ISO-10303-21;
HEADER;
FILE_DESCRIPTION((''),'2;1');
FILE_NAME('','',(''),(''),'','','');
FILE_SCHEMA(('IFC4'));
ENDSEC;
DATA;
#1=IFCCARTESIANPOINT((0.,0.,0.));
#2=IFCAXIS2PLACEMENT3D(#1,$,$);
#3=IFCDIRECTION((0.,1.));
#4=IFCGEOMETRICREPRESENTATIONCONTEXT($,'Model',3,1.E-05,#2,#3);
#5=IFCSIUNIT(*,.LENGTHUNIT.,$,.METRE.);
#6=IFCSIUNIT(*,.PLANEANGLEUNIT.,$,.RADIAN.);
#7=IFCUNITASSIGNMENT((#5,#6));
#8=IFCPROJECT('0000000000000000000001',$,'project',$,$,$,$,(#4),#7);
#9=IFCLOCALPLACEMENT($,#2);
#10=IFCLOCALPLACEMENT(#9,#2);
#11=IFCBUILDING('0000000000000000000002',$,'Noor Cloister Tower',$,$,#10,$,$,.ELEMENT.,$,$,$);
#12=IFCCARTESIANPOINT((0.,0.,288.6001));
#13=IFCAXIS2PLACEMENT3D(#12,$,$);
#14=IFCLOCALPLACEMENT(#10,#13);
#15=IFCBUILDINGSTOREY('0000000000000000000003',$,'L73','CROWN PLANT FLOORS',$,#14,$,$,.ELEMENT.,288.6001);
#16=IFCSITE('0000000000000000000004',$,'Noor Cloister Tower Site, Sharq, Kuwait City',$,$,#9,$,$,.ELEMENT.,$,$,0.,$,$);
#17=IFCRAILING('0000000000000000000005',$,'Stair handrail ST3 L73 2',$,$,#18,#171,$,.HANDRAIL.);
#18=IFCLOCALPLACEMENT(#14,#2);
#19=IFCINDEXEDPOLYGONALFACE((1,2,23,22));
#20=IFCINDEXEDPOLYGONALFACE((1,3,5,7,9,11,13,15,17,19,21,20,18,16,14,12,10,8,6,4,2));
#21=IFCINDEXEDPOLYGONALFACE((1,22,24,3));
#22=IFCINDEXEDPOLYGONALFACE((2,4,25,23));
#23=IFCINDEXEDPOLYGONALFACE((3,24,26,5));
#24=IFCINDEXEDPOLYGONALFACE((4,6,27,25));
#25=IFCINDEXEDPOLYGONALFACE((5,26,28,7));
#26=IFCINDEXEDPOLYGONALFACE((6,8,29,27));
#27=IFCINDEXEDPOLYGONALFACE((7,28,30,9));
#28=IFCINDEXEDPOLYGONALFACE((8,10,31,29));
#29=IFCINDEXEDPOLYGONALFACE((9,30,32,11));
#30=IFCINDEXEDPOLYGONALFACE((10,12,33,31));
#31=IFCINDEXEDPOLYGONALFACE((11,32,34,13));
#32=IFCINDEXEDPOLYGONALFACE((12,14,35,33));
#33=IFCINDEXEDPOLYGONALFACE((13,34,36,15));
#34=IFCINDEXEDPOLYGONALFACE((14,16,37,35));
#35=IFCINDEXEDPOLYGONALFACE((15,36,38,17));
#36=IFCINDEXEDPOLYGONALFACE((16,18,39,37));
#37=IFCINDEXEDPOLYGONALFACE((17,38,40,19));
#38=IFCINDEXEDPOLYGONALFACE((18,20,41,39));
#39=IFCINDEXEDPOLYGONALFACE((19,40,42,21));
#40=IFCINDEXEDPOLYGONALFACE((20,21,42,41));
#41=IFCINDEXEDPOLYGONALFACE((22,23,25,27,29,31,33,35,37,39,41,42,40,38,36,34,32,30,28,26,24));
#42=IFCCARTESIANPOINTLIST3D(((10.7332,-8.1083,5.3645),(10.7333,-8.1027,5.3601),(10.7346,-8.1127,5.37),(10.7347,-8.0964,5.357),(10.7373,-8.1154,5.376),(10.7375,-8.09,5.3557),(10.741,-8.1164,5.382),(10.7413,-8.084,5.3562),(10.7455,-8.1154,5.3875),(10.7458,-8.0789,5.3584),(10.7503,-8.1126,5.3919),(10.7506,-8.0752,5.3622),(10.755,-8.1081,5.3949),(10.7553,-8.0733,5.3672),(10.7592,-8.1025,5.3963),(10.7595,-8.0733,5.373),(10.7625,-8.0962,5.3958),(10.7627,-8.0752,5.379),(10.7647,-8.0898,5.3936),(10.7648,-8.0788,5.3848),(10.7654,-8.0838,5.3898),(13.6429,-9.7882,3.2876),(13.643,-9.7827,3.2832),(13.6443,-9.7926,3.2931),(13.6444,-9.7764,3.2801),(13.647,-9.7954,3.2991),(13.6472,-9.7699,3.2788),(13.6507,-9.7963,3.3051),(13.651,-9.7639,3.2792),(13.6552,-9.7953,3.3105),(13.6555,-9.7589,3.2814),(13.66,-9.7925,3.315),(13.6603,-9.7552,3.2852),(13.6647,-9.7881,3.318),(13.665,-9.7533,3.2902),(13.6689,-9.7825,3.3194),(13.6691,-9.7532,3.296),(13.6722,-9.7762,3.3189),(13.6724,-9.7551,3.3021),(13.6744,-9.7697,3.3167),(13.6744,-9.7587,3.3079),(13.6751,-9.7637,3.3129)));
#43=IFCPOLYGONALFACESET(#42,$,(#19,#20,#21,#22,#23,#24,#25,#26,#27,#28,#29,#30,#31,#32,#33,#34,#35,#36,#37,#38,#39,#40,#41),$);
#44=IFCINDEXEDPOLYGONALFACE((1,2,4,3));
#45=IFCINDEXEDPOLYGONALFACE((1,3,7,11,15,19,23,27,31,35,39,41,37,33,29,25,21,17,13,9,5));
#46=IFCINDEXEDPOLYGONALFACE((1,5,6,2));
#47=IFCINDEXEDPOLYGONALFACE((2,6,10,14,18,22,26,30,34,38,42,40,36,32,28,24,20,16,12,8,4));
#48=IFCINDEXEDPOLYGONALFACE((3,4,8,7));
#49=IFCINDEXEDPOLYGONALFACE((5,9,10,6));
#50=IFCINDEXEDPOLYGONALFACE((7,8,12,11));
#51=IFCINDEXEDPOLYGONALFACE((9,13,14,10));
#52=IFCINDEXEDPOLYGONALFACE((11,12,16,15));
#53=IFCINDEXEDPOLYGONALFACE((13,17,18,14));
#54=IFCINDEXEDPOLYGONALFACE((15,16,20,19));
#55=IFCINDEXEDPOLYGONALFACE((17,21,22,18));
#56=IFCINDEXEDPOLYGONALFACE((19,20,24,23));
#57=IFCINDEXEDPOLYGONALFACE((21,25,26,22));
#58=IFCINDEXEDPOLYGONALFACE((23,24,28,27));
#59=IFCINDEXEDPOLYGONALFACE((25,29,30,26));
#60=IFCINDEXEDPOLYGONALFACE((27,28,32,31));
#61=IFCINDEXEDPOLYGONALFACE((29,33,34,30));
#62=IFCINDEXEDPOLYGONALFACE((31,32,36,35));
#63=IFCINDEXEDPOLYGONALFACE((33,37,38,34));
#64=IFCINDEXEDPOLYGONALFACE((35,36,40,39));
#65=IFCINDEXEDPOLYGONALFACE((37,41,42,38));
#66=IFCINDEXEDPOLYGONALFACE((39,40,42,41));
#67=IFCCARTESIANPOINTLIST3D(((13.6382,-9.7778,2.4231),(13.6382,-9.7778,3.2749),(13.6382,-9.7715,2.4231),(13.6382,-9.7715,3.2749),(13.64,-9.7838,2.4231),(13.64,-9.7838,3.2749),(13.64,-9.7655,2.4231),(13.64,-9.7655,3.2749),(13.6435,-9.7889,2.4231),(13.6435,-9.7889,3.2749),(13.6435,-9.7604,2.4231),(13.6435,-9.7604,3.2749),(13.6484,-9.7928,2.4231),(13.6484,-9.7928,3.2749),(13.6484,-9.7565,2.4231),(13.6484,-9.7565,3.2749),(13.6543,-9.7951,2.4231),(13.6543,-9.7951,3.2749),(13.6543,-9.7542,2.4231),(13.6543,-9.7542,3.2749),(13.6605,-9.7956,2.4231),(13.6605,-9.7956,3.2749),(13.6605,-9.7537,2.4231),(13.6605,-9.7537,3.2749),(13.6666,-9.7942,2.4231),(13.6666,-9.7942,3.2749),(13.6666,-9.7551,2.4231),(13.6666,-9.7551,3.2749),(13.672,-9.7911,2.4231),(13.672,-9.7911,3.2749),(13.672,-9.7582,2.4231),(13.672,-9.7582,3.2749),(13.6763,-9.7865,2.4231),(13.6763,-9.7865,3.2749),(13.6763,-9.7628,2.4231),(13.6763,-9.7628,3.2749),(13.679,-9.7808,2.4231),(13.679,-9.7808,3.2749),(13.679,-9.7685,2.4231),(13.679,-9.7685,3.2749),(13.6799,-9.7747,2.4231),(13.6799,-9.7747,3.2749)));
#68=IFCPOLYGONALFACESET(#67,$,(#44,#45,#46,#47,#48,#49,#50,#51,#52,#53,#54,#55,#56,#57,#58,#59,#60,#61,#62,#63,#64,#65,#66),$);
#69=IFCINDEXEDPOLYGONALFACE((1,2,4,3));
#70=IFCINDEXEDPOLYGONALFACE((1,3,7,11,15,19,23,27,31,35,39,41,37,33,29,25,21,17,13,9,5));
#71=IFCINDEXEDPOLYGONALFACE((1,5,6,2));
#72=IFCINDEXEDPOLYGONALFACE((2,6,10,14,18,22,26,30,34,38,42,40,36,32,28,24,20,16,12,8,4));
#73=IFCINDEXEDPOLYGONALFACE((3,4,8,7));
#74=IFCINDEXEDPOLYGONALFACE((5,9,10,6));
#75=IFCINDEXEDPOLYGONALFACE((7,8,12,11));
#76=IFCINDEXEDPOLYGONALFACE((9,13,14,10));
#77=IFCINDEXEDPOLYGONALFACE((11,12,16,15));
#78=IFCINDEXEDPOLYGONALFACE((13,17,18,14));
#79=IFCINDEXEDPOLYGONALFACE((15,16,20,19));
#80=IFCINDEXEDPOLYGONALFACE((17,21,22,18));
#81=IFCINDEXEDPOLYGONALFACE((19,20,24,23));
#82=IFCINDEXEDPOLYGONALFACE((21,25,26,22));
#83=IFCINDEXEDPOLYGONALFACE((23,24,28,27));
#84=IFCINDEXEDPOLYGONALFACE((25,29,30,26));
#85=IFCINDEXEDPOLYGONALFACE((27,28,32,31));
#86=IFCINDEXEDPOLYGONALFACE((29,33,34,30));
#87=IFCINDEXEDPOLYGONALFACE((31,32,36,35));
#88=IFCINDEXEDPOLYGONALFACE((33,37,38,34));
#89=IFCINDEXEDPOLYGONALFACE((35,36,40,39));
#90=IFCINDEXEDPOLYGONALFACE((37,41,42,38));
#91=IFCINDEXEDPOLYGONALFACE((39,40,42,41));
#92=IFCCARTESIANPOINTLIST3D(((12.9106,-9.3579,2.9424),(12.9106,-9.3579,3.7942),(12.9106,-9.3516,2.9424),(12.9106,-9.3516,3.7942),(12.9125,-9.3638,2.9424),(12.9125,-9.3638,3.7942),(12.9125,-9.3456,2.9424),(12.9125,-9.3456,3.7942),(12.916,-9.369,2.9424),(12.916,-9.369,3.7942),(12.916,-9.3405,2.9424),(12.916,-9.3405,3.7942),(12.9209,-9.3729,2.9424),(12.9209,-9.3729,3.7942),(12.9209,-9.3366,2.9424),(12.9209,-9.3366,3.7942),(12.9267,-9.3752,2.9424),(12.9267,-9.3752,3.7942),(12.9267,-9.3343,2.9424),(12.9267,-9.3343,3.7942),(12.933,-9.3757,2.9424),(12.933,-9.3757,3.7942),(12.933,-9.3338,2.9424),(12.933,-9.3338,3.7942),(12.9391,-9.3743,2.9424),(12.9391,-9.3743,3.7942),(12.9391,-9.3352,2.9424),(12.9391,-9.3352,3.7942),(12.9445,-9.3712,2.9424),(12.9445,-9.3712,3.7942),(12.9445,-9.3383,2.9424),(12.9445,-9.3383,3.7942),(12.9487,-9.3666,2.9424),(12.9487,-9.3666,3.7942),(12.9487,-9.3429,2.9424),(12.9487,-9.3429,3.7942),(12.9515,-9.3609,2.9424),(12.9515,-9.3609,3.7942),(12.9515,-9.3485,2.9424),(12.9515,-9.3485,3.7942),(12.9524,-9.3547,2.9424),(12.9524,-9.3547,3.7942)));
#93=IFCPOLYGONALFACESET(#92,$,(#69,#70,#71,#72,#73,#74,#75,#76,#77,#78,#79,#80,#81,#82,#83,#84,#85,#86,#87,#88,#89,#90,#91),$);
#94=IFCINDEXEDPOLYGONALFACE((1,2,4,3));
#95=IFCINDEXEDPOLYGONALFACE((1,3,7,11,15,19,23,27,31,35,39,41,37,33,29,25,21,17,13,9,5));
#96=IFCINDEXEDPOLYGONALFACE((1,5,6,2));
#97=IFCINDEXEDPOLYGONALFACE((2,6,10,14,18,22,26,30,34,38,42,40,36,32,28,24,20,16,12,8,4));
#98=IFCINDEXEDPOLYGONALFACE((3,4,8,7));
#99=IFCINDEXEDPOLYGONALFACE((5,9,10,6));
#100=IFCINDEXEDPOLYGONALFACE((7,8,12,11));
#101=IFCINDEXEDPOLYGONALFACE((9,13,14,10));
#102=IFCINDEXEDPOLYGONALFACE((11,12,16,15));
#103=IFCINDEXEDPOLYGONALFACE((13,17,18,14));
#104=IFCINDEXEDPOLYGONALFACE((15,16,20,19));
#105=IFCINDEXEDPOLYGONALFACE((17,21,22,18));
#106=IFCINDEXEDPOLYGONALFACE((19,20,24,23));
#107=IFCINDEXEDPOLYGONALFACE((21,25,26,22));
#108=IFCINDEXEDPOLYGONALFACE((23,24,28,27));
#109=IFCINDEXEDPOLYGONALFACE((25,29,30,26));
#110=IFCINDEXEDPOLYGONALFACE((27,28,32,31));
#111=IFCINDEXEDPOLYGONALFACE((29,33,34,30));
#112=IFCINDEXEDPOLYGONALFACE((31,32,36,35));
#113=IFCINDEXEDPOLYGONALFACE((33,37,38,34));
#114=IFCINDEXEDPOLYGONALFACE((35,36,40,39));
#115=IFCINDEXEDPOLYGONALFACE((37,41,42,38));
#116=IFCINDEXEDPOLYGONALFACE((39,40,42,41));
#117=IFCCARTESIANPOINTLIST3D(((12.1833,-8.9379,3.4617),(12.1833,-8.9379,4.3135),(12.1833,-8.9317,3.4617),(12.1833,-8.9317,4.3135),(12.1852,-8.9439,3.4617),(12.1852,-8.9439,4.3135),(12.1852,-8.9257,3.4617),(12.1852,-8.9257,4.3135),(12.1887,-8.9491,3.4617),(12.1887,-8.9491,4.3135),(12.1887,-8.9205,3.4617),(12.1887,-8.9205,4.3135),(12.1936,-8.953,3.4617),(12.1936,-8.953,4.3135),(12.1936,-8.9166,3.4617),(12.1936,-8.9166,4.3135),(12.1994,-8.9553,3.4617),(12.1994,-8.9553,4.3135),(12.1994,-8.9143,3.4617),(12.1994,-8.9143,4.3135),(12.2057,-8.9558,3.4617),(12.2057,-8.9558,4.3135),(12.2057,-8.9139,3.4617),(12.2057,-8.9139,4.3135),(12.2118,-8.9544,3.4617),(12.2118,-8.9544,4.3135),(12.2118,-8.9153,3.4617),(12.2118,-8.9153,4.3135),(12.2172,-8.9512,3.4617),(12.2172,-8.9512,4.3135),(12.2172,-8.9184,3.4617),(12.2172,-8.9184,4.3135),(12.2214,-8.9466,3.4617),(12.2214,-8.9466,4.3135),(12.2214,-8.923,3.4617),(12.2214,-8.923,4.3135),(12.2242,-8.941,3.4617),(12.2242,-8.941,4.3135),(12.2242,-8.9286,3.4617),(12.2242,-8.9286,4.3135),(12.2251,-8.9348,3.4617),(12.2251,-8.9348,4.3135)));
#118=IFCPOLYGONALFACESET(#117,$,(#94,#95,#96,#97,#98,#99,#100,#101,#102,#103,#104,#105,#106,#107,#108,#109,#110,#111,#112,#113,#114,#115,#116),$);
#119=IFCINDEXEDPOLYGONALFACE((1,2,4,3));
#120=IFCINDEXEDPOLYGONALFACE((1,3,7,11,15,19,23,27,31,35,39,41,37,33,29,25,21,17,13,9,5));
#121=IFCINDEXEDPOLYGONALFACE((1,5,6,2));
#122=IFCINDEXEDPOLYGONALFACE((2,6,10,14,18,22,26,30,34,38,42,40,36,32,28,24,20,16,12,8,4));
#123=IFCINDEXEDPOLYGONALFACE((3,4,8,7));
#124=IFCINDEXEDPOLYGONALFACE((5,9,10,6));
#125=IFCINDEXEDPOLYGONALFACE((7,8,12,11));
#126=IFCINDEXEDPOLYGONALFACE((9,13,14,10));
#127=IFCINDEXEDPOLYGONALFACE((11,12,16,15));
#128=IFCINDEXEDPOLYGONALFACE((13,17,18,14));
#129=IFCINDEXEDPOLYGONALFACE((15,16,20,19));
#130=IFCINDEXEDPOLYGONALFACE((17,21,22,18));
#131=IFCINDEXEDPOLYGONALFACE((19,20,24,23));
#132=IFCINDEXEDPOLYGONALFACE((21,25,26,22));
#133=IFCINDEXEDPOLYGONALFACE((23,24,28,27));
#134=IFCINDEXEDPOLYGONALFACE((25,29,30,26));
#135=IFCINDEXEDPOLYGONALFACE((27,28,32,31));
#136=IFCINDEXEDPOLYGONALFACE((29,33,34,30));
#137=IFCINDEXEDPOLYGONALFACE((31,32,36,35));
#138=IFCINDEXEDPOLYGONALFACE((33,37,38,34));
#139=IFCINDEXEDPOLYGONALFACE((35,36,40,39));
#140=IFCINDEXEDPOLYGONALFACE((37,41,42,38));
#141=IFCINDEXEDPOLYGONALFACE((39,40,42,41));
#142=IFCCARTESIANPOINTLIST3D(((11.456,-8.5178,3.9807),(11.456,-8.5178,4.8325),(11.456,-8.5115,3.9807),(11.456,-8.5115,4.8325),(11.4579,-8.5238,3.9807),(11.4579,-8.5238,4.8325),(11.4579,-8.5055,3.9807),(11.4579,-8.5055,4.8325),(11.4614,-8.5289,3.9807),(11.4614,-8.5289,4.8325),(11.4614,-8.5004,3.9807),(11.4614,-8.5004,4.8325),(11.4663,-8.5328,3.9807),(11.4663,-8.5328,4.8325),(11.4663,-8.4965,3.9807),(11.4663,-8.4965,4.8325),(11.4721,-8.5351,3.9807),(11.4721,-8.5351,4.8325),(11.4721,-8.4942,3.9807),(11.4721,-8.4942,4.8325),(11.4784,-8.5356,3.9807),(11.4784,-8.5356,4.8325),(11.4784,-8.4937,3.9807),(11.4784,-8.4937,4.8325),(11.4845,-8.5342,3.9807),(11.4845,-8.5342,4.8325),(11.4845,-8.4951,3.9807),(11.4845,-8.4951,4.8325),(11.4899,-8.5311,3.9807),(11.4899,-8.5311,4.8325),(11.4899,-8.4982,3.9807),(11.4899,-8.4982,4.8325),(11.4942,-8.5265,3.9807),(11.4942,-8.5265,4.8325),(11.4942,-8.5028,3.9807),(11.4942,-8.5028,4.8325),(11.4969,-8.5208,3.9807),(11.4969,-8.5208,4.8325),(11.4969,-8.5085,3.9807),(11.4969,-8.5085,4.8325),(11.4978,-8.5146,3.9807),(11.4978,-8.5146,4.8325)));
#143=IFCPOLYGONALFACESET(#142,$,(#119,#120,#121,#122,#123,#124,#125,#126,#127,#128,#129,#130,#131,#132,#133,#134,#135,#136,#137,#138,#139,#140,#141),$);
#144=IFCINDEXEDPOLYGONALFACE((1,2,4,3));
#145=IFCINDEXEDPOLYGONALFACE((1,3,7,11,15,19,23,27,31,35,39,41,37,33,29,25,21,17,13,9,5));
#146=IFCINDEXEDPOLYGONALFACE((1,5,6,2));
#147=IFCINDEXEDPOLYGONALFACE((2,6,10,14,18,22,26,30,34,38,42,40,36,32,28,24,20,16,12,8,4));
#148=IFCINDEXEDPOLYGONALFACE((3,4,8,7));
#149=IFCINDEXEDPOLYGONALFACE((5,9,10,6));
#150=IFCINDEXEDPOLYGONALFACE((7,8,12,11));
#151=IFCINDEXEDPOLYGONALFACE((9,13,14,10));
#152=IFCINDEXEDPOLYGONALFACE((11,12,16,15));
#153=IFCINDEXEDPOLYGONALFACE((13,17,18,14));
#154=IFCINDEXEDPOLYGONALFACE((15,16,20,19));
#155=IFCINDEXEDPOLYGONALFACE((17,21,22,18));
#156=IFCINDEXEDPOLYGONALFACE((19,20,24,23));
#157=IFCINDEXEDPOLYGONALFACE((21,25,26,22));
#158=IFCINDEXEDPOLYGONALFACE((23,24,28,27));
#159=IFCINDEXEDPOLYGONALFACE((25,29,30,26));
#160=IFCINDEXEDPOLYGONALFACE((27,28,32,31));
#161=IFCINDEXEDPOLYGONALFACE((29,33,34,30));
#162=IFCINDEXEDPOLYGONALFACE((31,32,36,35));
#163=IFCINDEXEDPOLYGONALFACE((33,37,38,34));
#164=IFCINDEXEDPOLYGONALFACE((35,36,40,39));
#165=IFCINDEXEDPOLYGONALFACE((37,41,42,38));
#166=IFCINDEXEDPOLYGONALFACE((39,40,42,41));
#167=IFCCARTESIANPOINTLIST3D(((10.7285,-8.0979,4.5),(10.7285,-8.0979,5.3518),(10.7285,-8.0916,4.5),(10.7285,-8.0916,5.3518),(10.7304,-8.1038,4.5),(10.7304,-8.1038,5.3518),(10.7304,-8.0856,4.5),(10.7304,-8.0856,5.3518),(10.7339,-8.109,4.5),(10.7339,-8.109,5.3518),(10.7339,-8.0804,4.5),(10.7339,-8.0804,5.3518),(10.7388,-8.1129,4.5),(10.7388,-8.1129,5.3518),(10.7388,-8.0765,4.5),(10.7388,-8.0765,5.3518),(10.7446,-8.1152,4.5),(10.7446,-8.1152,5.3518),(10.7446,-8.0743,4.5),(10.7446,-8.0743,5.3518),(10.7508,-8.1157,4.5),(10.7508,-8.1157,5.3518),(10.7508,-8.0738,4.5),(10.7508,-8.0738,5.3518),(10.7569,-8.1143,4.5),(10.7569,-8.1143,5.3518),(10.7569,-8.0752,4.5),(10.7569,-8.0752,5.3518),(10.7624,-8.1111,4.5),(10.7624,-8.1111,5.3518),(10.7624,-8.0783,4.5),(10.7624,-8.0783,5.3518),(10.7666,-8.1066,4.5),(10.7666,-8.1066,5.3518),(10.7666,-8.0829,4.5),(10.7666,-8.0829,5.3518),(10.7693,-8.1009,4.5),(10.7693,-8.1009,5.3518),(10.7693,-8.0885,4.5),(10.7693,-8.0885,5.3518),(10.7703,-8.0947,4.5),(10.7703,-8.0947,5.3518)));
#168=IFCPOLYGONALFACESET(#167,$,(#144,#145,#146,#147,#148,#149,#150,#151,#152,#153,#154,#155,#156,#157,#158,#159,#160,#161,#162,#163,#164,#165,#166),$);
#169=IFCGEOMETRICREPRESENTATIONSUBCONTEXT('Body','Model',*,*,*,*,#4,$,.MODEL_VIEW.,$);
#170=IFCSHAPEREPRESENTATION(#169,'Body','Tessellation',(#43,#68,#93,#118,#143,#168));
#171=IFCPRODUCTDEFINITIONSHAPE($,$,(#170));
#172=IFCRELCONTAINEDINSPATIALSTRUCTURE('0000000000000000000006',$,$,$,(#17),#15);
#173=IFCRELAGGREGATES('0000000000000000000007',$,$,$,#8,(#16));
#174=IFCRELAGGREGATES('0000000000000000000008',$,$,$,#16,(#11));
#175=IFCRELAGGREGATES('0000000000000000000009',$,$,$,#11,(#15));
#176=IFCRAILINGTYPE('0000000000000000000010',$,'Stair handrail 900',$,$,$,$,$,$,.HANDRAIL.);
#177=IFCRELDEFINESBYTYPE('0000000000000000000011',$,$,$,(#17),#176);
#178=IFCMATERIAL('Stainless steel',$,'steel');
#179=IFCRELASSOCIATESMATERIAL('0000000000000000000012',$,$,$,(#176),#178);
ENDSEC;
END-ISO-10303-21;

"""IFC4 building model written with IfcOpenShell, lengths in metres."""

from ifc_helpers import new_model, si_unit, direction, frame, origin, origin_2d, place, context, subcontext, project, spatial, circle, extrude, material, type_object, element, save


model = new_model("IFC4")

# Units and contexts
model_context = context("Model", 3, precision=1e-05, world=origin(), true_north=direction((0.0, 1.0)))
body_context = subcontext(model_context, "Body", "Model", "MODEL_VIEW")
ifc_project = project(units=[si_unit("LENGTHUNIT", "METRE"), si_unit("PLANEANGLEUNIT", "RADIAN")], contexts=[model_context])

# Site, building, storey
site_placement = place(None, origin())
site = spatial("IfcSite", under=ifc_project, at=site_placement, Name="Noor Cloister Tower Site, Sharq, Kuwait City", CompositionType="ELEMENT", RefElevation=0.0)
building_placement = place(site_placement, origin())
building = spatial("IfcBuilding", under=site, at=building_placement, Name="Noor Cloister Tower", CompositionType="ELEMENT")
storey_placement = place(building_placement, frame((0.0, 0.0, 288.6001)))
storey = spatial("IfcBuildingStorey", under=building, at=storey_placement, Name="L73", Description="CROWN PLANT FLOORS", CompositionType="ELEMENT", Elevation=288.6001)

# Railing
ifc_material_1 = material(Name="Stainless steel", Category="steel")
railing_type_1 = type_object("IfcRailingType", Name="Stair handrail 900", PredefinedType="HANDRAIL", material=ifc_material_1)
railing_1_placement = place(storey_placement, frame((13.6589, -9.7747, 2.4231)))
element("IfcRailing", 1, at=railing_1_placement, inside=storey, type_object=railing_type_1, Name="Stair handrail ST3 L73 2", PredefinedType="HANDRAIL", context=body_context, shape_type="SweptSolid", body=[
    extrude(circle(Radius=0.0239, at=origin_2d()), frame((0.0, 0.0, 0.876), z_axis=(-0.73664, 0.425308, 0.525809), x_axis=(-0.500008, -0.866021, 0.0)), (0.0, 0.0, 1.0), 3.95),
    extrude(circle(Radius=0.021, at=origin_2d()), origin(), (0.0, 0.0, 1.0), 0.8518),
    extrude(circle(Radius=0.021, at=origin_2d()), frame((-0.7275, 0.4199, 0.5193)), (0.0, 0.0, 1.0), 0.8518),
    extrude(circle(Radius=0.021, at=origin_2d()), frame((-1.4548, 0.8398, 1.0386)), (0.0, 0.0, 1.0), 0.8518),
    extrude(circle(Radius=0.021, at=origin_2d()), frame((-2.1821, 1.26, 1.5576)), (0.0, 0.0, 1.0), 0.8518),
    extrude(circle(Radius=0.021, at=origin_2d()), frame((-2.9097, 1.6799, 2.0769)), (0.0, 0.0, 1.0), 0.8518),
])

save(model, "model.ifc")
